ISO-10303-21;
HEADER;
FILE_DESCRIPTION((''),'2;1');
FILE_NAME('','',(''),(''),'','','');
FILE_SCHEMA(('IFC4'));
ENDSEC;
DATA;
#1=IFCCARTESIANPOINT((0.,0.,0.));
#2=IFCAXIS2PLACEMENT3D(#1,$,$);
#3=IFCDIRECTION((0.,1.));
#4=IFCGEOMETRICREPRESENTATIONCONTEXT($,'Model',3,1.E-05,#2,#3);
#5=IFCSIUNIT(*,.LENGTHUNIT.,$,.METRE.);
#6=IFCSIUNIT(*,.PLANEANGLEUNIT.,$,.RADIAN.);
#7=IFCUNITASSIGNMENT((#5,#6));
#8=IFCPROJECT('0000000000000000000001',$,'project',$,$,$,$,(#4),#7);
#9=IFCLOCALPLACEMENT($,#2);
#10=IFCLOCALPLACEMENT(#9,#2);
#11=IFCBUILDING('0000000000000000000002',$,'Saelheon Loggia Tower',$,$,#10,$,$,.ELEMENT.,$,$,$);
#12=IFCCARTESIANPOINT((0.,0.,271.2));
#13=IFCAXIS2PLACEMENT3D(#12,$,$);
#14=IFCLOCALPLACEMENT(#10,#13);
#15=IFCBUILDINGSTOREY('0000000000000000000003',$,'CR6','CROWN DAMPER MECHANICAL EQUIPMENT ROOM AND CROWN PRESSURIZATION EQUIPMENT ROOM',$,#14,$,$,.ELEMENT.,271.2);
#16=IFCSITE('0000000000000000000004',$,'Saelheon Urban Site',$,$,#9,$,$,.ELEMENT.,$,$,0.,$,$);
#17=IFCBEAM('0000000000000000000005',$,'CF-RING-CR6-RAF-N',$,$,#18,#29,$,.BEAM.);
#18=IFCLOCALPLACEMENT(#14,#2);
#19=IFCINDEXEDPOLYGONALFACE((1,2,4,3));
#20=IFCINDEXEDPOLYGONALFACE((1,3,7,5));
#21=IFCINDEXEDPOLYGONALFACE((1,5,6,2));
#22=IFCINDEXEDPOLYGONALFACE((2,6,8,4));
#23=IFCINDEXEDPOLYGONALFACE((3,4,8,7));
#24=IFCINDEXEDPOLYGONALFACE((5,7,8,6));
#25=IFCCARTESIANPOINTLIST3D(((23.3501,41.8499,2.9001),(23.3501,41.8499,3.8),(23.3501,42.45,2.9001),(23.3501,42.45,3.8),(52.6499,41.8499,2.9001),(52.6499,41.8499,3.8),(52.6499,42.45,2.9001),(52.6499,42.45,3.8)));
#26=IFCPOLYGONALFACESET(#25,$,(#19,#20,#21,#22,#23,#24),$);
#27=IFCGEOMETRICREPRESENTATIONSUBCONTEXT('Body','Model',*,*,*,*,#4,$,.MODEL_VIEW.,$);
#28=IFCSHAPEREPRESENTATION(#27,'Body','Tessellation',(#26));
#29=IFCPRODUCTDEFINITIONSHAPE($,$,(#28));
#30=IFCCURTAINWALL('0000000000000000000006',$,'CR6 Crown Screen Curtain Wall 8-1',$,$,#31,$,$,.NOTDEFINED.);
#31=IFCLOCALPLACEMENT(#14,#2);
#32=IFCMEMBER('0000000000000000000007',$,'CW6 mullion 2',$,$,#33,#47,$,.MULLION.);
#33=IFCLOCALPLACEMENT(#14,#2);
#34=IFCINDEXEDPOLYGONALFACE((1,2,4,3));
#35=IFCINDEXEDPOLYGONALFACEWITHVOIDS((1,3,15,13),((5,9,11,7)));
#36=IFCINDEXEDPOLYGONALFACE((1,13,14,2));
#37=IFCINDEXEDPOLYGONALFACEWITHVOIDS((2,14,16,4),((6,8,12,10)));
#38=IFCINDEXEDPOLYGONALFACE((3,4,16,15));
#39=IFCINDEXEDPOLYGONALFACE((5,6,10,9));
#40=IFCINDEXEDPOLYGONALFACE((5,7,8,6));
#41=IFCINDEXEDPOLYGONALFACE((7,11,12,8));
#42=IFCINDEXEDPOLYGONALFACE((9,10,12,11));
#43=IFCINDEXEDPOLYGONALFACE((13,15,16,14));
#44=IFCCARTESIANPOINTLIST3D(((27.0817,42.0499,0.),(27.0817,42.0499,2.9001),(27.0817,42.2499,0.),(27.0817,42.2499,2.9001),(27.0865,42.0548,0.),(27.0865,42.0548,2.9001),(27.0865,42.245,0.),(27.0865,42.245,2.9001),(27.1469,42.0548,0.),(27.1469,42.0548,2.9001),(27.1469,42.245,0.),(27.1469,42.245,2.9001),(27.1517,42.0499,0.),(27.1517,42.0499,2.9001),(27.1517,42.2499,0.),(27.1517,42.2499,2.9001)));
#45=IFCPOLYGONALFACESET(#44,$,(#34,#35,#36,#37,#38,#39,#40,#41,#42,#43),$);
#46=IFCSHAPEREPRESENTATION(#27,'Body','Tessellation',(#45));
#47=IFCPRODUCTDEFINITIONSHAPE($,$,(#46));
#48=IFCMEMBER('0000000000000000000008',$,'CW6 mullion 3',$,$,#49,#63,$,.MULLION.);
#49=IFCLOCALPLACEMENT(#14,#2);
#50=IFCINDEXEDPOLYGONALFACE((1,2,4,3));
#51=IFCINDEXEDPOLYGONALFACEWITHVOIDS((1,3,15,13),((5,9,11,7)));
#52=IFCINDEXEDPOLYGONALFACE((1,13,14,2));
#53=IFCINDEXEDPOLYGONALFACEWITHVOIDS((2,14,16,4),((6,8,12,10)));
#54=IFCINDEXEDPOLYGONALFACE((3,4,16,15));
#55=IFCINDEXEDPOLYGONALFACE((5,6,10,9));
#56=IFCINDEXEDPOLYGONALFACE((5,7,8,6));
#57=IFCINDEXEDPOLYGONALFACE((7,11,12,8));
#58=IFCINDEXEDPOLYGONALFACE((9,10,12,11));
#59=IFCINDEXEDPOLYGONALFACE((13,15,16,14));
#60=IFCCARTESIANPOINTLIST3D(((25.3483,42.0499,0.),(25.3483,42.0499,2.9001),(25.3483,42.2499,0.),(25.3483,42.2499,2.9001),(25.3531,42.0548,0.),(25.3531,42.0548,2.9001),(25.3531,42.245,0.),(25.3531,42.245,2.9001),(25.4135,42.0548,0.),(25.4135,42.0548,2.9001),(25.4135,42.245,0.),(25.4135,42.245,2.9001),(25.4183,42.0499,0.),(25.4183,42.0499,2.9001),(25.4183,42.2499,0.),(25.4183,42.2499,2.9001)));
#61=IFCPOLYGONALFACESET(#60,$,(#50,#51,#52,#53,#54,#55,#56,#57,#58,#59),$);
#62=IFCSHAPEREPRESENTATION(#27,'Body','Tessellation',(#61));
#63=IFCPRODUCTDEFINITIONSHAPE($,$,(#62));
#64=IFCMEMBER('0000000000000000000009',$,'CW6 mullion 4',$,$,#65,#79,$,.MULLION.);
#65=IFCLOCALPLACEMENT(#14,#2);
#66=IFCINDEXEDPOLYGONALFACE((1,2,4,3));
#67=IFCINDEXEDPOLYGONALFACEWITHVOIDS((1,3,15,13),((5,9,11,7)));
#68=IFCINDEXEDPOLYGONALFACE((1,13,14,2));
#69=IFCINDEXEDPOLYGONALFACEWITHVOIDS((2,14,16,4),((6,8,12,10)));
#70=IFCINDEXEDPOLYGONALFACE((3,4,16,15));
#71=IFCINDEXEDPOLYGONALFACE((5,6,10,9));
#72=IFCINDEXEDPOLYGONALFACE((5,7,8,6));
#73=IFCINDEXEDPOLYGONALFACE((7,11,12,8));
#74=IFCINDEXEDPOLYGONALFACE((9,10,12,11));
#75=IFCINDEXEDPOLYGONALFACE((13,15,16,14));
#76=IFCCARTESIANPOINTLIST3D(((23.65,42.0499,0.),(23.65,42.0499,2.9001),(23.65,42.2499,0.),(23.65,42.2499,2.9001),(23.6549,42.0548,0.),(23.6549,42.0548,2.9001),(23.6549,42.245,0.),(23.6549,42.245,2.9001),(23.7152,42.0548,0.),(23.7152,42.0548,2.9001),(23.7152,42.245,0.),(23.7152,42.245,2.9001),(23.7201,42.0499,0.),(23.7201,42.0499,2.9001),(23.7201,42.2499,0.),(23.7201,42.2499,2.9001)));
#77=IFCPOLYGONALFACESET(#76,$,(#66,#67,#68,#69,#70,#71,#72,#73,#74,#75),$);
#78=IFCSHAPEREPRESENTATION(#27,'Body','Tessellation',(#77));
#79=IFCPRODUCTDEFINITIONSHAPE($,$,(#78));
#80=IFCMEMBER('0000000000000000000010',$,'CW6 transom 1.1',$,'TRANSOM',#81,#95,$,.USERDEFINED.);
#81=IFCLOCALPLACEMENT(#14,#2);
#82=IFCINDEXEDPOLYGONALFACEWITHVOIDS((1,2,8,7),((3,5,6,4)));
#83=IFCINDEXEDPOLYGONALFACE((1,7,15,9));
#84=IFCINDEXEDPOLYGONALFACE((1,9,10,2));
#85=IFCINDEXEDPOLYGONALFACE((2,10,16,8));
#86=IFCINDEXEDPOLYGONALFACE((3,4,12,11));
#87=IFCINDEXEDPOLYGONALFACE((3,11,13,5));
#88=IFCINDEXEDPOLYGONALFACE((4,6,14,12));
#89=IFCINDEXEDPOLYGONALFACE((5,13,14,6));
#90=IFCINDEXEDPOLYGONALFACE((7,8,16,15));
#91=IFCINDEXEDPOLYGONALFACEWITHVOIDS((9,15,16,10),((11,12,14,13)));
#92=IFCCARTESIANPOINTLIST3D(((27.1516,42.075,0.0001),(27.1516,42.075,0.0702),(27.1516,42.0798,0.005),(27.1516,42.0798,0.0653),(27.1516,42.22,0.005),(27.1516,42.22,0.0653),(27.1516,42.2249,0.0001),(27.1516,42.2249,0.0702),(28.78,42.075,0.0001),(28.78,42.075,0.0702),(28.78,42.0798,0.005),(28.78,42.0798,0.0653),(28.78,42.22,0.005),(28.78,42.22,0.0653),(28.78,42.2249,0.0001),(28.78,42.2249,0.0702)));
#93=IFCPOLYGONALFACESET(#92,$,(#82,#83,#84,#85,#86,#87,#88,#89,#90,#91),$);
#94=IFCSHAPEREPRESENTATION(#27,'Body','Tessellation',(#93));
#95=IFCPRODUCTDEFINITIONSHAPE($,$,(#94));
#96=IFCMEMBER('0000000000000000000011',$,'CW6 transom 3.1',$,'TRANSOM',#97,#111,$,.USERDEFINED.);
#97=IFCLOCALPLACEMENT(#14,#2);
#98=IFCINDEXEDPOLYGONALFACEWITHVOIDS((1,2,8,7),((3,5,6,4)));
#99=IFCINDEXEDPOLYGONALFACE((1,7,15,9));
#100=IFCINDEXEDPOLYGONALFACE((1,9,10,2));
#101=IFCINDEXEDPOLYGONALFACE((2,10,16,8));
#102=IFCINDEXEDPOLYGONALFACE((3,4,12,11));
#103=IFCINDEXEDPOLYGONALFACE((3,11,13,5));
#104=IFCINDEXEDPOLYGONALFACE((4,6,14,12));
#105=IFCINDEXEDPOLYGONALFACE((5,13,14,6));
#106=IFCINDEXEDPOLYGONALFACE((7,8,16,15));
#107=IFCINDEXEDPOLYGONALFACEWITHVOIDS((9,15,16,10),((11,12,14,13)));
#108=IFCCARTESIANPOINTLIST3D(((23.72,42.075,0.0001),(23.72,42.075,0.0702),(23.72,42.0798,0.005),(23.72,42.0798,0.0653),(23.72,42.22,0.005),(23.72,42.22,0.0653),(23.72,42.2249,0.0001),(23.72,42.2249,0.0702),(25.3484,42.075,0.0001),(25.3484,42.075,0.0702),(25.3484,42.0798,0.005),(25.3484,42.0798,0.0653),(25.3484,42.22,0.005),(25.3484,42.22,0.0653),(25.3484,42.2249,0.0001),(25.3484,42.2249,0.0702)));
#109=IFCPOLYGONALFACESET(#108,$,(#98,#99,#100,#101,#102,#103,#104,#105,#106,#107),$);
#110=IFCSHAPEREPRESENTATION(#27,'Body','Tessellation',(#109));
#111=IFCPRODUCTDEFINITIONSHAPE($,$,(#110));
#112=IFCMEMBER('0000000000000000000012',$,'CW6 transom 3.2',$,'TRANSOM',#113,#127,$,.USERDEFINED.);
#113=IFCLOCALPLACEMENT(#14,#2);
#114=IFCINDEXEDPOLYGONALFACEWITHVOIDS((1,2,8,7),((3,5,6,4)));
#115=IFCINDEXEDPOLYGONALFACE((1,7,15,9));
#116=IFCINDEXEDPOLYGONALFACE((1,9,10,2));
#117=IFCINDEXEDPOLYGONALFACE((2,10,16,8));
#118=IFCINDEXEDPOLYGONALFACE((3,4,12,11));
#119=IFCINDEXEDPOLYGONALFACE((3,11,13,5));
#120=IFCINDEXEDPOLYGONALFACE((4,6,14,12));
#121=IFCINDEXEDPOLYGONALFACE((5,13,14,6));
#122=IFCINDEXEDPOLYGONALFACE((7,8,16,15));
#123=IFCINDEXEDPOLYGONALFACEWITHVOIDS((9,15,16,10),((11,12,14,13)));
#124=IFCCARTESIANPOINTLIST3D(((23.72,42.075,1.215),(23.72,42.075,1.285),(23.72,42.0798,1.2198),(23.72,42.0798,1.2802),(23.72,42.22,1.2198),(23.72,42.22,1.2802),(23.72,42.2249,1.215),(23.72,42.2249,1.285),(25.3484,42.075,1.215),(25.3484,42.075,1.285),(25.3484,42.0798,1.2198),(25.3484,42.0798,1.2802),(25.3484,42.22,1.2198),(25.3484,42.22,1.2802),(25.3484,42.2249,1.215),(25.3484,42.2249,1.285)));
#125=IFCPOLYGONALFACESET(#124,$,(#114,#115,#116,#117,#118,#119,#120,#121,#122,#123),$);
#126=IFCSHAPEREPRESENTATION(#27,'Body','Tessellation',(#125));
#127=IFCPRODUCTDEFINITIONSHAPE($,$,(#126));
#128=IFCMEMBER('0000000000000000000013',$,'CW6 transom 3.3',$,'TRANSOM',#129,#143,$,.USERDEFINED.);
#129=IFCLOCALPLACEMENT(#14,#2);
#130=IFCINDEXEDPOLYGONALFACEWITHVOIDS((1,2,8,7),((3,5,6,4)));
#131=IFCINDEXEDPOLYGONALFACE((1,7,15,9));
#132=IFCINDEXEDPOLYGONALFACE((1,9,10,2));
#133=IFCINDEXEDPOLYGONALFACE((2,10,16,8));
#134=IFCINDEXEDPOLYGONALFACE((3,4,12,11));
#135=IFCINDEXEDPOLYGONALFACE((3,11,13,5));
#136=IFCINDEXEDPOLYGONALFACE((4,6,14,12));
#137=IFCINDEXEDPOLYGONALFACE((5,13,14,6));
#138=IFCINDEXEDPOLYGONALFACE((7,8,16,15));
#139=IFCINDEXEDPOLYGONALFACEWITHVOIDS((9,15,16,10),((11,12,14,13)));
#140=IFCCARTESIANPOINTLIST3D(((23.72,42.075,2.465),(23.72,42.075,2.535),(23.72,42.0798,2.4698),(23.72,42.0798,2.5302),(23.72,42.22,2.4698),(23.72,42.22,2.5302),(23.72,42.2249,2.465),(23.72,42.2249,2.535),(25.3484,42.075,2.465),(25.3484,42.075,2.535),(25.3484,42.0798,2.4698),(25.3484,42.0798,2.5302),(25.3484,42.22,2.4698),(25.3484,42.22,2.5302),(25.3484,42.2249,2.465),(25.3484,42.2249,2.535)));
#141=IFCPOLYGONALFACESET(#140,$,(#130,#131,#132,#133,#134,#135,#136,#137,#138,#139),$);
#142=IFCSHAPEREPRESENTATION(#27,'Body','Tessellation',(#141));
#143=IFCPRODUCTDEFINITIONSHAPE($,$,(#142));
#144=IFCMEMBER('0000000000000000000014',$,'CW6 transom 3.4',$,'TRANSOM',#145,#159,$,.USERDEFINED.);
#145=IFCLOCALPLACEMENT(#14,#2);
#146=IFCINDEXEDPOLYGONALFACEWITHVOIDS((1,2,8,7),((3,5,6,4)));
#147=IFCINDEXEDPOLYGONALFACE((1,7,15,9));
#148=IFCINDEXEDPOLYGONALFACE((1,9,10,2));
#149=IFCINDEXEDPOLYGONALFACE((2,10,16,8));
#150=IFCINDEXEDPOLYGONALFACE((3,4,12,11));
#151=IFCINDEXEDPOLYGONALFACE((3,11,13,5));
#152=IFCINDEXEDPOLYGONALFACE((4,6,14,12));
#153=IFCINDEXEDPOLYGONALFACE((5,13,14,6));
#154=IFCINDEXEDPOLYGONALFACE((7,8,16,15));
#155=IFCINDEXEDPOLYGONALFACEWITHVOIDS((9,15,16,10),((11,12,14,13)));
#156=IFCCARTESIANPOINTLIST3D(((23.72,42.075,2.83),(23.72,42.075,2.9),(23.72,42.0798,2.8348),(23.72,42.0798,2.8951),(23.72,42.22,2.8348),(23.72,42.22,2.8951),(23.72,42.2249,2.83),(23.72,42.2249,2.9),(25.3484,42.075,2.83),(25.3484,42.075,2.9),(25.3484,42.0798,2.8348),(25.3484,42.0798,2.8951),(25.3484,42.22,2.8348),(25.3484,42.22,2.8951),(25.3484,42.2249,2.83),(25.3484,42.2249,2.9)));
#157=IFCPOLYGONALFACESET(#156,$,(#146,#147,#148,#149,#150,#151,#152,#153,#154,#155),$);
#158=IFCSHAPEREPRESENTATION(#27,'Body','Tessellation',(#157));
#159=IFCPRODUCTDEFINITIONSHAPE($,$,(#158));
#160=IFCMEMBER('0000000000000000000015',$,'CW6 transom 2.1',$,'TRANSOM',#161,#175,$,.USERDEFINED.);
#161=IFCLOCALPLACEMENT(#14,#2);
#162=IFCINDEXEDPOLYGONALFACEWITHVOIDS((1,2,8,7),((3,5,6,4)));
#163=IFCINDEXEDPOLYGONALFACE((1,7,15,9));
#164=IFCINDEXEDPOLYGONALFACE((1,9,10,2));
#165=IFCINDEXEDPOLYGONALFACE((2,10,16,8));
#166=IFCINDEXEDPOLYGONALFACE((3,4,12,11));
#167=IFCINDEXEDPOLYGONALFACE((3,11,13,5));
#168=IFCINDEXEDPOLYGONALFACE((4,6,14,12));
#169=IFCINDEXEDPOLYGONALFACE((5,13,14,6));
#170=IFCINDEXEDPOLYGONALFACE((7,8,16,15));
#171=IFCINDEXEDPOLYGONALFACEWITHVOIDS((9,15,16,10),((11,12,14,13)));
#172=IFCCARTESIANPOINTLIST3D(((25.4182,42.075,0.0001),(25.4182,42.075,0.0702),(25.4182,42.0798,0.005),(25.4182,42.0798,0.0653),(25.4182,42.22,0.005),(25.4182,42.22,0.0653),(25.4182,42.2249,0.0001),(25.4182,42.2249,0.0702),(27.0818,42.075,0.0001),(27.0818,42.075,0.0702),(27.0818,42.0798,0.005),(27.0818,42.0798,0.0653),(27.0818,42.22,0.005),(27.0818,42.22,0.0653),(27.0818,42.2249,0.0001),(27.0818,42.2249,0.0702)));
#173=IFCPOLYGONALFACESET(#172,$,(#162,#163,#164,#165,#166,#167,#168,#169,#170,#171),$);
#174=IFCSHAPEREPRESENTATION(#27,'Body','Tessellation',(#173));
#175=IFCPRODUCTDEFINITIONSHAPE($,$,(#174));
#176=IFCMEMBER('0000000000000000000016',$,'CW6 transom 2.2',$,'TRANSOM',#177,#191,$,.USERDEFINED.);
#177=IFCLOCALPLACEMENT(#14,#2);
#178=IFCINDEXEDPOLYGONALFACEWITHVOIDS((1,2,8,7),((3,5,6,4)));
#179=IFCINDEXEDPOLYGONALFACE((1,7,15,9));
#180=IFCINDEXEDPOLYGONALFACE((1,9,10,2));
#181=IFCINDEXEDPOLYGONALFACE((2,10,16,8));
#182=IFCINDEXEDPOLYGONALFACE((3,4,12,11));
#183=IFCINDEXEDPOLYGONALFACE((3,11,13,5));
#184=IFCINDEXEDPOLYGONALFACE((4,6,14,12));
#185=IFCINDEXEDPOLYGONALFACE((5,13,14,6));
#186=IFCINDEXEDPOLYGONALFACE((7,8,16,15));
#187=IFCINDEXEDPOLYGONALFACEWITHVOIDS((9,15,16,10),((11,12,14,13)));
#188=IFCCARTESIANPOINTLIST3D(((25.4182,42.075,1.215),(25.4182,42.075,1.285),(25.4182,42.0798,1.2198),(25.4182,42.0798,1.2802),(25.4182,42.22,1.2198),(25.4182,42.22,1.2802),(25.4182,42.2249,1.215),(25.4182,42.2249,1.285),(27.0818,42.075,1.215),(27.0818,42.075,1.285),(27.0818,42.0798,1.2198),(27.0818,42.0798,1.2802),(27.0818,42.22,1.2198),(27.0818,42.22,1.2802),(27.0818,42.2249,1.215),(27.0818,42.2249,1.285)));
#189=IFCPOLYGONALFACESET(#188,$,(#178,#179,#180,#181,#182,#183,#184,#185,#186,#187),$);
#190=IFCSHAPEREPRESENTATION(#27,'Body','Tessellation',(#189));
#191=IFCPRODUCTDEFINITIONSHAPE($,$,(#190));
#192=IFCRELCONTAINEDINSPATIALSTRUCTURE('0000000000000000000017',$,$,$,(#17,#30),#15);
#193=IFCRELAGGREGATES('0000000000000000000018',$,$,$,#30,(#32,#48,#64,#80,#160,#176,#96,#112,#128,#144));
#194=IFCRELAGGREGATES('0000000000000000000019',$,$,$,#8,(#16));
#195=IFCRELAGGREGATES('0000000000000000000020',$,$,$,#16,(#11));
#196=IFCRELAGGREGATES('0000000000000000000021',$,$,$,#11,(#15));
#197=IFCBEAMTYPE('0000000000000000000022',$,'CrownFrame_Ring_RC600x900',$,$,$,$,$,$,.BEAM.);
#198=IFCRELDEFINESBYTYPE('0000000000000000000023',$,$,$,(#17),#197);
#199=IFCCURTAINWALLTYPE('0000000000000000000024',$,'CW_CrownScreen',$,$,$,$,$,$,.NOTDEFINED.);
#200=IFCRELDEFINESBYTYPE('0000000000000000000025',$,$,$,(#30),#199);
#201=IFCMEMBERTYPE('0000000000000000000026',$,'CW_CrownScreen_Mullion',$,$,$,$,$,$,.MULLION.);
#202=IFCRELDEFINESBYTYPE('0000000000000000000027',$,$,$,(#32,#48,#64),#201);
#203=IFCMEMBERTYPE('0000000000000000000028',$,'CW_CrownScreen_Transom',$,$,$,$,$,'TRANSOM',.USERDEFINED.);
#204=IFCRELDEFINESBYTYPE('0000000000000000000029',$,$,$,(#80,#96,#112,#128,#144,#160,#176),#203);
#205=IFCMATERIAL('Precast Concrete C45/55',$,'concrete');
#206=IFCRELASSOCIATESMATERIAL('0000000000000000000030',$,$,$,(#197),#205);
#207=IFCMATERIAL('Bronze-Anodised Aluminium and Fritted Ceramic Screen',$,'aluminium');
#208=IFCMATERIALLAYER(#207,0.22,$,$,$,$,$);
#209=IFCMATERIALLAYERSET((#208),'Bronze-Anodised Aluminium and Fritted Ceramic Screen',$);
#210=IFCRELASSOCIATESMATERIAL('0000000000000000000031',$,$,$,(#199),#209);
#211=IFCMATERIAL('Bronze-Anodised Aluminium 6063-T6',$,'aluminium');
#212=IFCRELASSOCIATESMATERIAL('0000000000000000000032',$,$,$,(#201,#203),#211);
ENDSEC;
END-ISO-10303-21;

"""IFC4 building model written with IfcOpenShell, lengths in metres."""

from ifc_helpers import new_model, si_unit, direction, frame, origin, origin_2d, place, context, subcontext, project, spatial, rectangle, hollow_rectangle, extrude, source, transform, mapped, material, layer, layer_set, material_profile, profile_set, type_object, element, aggregate, save


model = new_model("IFC4")

# Units and contexts
model_context = context("Model", 3, precision=1e-05, world=origin(), true_north=direction((0.0, 1.0)))
body_context = subcontext(model_context, "Body", "Model", "MODEL_VIEW")
ifc_project = project(units=[si_unit("LENGTHUNIT", "METRE"), si_unit("PLANEANGLEUNIT", "RADIAN")], contexts=[model_context])

# Site, building, storey
site_placement = place(None, origin())
site = spatial("IfcSite", under=ifc_project, at=site_placement, Name="Saelheon Urban Site", CompositionType="ELEMENT", RefElevation=0.0)
building_placement = place(site_placement, origin())
building = spatial("IfcBuilding", under=site, at=building_placement, Name="Saelheon Loggia Tower", CompositionType="ELEMENT")
storey_placement = place(building_placement, frame((0.0, 0.0, 271.2)))
storey = spatial("IfcBuildingStorey", under=building, at=storey_placement, Name="CR6", Description="CROWN DAMPER MECHANICAL EQUIPMENT ROOM AND CROWN PRESSURIZATION EQUIPMENT ROOM", CompositionType="ELEMENT", Elevation=271.2)

# Beam
ifc_material_1 = material(Name="Precast Concrete C45/55", Category="concrete")
ifc_material_profile_1 = material_profile(ifc_material_1, rectangle(XDim=0.6001, YDim=0.8999, at=origin_2d()), Name="RC-600x900")
ifc_profile_set_1 = profile_set([ifc_material_profile_1], Name="Precast Concrete C45/55")
beam_type = type_object("IfcBeamType", Name="CrownFrame_Ring_RC600x900", PredefinedType="BEAM", material=ifc_profile_set_1)
shared_shape_1 = source(origin(), body_context, "Body", "SweptSolid", [
    extrude(rectangle(XDim=0.6001, YDim=0.8999, at=origin_2d()), origin(), (0.0, 0.0, 1.0), 29.2998),
])
beam_placement = place(storey_placement, frame((23.3501, 42.1499, 3.3501), z_axis=(1.0, 0.0, 0.0), x_axis=(0.0, 1.0, 0.0)))
element("IfcBeam", 1, at=beam_placement, inside=storey, type_object=beam_type, Name="CF-RING-CR6-RAF-N", PredefinedType="BEAM", context=body_context, shape_type="MappedRepresentation", body=[
    mapped(shared_shape_1, transform((0.0, 0.0, 0.0), scale=1.0)),
])

# Curtain wall, members
ifc_material_2 = material(Name="Bronze-Anodised Aluminium and Fritted Ceramic Screen", Category="aluminium")
ifc_layer_1 = layer(ifc_material_2, 0.22)
ifc_layer_set_1 = layer_set([ifc_layer_1], Name="Bronze-Anodised Aluminium and Fritted Ceramic Screen")
curtain_wall_type = type_object("IfcCurtainWallType", Name="CW_CrownScreen", PredefinedType="NOTDEFINED", material=ifc_layer_set_1)
curtain_wall_placement = place(storey_placement, origin())
curtain_wall = element("IfcCurtainWall", 2, at=curtain_wall_placement, inside=storey, type_object=curtain_wall_type, Name="CR6 Crown Screen Curtain Wall 8-1", PredefinedType="NOTDEFINED")
ifc_material_3 = material(Name="Bronze-Anodised Aluminium 6063-T6", Category="aluminium")
ifc_material_profile_2 = material_profile(ifc_material_3, hollow_rectangle(XDim=0.0701, YDim=0.2, WallThickness=0.0049, at=origin_2d()), Name="RHS-200x70x5")
ifc_profile_set_2 = profile_set([ifc_material_profile_2], Name="Bronze-Anodised Aluminium 6063-T6")
member_type_1 = type_object("IfcMemberType", Name="CW_CrownScreen_Mullion", PredefinedType="MULLION", material=ifc_profile_set_2)
shared_shape_2 = source(origin(), body_context, "Body", "SweptSolid", [
    extrude(hollow_rectangle(XDim=0.0701, YDim=0.2, WallThickness=0.0049, at=origin_2d()), origin(), (0.0, 0.0, 1.0), 2.9001),
])
member_1_placement = place(storey_placement, frame((27.1167, 42.1499, 0.0), z_axis=(0.0, 0.0, 1.0), x_axis=(-1.0, 0.0, 0.0)))
member_1 = element("IfcMember", 3, at=member_1_placement, type_object=member_type_1, Name="CW6 mullion 2", PredefinedType="MULLION", context=body_context, shape_type="MappedRepresentation", body=[
    mapped(shared_shape_2, transform((0.0, 0.0, 0.0), scale=1.0)),
])
member_2_placement = place(storey_placement, frame((25.3833, 42.1499, 0.0), z_axis=(0.0, 0.0, 1.0), x_axis=(-1.0, 0.0, 0.0)))
member_2 = element("IfcMember", 4, at=member_2_placement, type_object=member_type_1, Name="CW6 mullion 3", PredefinedType="MULLION", context=body_context, shape_type="MappedRepresentation", body=[
    mapped(shared_shape_2, transform((0.0, 0.0, 0.0), scale=1.0)),
])
member_3_placement = place(storey_placement, frame((23.6851, 42.1499, 0.0), z_axis=(0.0, 0.0, 1.0), x_axis=(-1.0, 0.0, 0.0)))
member_3 = element("IfcMember", 5, at=member_3_placement, type_object=member_type_1, Name="CW6 mullion 4", PredefinedType="MULLION", context=body_context, shape_type="MappedRepresentation", body=[
    mapped(shared_shape_2, transform((0.0, 0.0, 0.0), scale=1.0)),
])
ifc_material_profile_3 = material_profile(ifc_material_3, hollow_rectangle(XDim=0.0701, YDim=0.1499, WallThickness=0.0049, at=origin_2d()), Name="RHS-150x70x5")
ifc_profile_set_3 = profile_set([ifc_material_profile_3], Name="Bronze-Anodised Aluminium 6063-T6")
member_type_2 = type_object("IfcMemberType", Name="CW_CrownScreen_Transom", ElementType="TRANSOM", PredefinedType="USERDEFINED", material=ifc_profile_set_3)
shared_shape_3 = source(origin(), body_context, "Body", "SweptSolid", [
    extrude(hollow_rectangle(XDim=0.0701, YDim=0.1499, WallThickness=0.0049, at=origin_2d()), origin(), (0.0, 0.0, 1.0), 1.6284),
])
member_4_placement = place(storey_placement, frame((28.78, 42.1499, 0.0352), z_axis=(-1.0, 0.0, 0.0), x_axis=(0.0, 0.0, 1.0)))
member_4 = element("IfcMember", 6, at=member_4_placement, type_object=member_type_2, Name="CW6 transom 1.1", ObjectType="TRANSOM", PredefinedType="USERDEFINED", context=body_context, shape_type="MappedRepresentation", body=[
    mapped(shared_shape_3, transform((0.0, 0.0, 0.0), scale=1.0)),
])
member_5_placement = place(storey_placement, frame((25.3484, 42.1499, 0.0352), z_axis=(-1.0, 0.0, 0.0), x_axis=(0.0, 0.0, 1.0)))
member_5 = element("IfcMember", 7, at=member_5_placement, type_object=member_type_2, Name="CW6 transom 3.1", ObjectType="TRANSOM", PredefinedType="USERDEFINED", context=body_context, shape_type="MappedRepresentation", body=[
    mapped(shared_shape_3, transform((0.0, 0.0, 0.0), scale=1.0)),
])
member_6_placement = place(storey_placement, frame((25.3484, 42.1499, 1.25), z_axis=(-1.0, 0.0, 0.0), x_axis=(0.0, 0.0, 1.0)))
member_6 = element("IfcMember", 8, at=member_6_placement, type_object=member_type_2, Name="CW6 transom 3.2", ObjectType="TRANSOM", PredefinedType="USERDEFINED", context=body_context, shape_type="MappedRepresentation", body=[
    mapped(shared_shape_3, transform((0.0, 0.0, 0.0), scale=1.0)),
])
member_7_placement = place(storey_placement, frame((25.3484, 42.1499, 2.5), z_axis=(-1.0, 0.0, 0.0), x_axis=(0.0, 0.0, 1.0)))
member_7 = element("IfcMember", 9, at=member_7_placement, type_object=member_type_2, Name="CW6 transom 3.3", ObjectType="TRANSOM", PredefinedType="USERDEFINED", context=body_context, shape_type="MappedRepresentation", body=[
    mapped(shared_shape_3, transform((0.0, 0.0, 0.0), scale=1.0)),
])
member_8_placement = place(storey_placement, frame((25.3484, 42.1499, 2.865), z_axis=(-1.0, 0.0, 0.0), x_axis=(0.0, 0.0, 1.0)))
member_8 = element("IfcMember", 10, at=member_8_placement, type_object=member_type_2, Name="CW6 transom 3.4", ObjectType="TRANSOM", PredefinedType="USERDEFINED", context=body_context, shape_type="MappedRepresentation", body=[
    mapped(shared_shape_3, transform((0.0, 0.0, 0.0), scale=1.0)),
])
shared_shape_4 = source(origin(), body_context, "Body", "SweptSolid", [
    extrude(hollow_rectangle(XDim=0.0701, YDim=0.1499, WallThickness=0.0049, at=origin_2d()), origin(), (0.0, 0.0, 1.0), 1.6636),
])
member_9_placement = place(storey_placement, frame((27.0818, 42.1499, 0.0352), z_axis=(-1.0, 0.0, 0.0), x_axis=(0.0, 0.0, 1.0)))
member_9 = element("IfcMember", 11, at=member_9_placement, type_object=member_type_2, Name="CW6 transom 2.1", ObjectType="TRANSOM", PredefinedType="USERDEFINED", context=body_context, shape_type="MappedRepresentation", body=[
    mapped(shared_shape_4, transform((0.0, 0.0, 0.0), scale=1.0)),
])
member_10_placement = place(storey_placement, frame((27.0818, 42.1499, 1.25), z_axis=(-1.0, 0.0, 0.0), x_axis=(0.0, 0.0, 1.0)))
member_10 = element("IfcMember", 12, at=member_10_placement, type_object=member_type_2, Name="CW6 transom 2.2", ObjectType="TRANSOM", PredefinedType="USERDEFINED", context=body_context, shape_type="MappedRepresentation", body=[
    mapped(shared_shape_4, transform((0.0, 0.0, 0.0), scale=1.0)),
])
aggregate(curtain_wall, [member_1, member_2, member_3, member_4, member_9, member_10, member_5, member_6, member_7, member_8])

save(model, "model.ifc")
